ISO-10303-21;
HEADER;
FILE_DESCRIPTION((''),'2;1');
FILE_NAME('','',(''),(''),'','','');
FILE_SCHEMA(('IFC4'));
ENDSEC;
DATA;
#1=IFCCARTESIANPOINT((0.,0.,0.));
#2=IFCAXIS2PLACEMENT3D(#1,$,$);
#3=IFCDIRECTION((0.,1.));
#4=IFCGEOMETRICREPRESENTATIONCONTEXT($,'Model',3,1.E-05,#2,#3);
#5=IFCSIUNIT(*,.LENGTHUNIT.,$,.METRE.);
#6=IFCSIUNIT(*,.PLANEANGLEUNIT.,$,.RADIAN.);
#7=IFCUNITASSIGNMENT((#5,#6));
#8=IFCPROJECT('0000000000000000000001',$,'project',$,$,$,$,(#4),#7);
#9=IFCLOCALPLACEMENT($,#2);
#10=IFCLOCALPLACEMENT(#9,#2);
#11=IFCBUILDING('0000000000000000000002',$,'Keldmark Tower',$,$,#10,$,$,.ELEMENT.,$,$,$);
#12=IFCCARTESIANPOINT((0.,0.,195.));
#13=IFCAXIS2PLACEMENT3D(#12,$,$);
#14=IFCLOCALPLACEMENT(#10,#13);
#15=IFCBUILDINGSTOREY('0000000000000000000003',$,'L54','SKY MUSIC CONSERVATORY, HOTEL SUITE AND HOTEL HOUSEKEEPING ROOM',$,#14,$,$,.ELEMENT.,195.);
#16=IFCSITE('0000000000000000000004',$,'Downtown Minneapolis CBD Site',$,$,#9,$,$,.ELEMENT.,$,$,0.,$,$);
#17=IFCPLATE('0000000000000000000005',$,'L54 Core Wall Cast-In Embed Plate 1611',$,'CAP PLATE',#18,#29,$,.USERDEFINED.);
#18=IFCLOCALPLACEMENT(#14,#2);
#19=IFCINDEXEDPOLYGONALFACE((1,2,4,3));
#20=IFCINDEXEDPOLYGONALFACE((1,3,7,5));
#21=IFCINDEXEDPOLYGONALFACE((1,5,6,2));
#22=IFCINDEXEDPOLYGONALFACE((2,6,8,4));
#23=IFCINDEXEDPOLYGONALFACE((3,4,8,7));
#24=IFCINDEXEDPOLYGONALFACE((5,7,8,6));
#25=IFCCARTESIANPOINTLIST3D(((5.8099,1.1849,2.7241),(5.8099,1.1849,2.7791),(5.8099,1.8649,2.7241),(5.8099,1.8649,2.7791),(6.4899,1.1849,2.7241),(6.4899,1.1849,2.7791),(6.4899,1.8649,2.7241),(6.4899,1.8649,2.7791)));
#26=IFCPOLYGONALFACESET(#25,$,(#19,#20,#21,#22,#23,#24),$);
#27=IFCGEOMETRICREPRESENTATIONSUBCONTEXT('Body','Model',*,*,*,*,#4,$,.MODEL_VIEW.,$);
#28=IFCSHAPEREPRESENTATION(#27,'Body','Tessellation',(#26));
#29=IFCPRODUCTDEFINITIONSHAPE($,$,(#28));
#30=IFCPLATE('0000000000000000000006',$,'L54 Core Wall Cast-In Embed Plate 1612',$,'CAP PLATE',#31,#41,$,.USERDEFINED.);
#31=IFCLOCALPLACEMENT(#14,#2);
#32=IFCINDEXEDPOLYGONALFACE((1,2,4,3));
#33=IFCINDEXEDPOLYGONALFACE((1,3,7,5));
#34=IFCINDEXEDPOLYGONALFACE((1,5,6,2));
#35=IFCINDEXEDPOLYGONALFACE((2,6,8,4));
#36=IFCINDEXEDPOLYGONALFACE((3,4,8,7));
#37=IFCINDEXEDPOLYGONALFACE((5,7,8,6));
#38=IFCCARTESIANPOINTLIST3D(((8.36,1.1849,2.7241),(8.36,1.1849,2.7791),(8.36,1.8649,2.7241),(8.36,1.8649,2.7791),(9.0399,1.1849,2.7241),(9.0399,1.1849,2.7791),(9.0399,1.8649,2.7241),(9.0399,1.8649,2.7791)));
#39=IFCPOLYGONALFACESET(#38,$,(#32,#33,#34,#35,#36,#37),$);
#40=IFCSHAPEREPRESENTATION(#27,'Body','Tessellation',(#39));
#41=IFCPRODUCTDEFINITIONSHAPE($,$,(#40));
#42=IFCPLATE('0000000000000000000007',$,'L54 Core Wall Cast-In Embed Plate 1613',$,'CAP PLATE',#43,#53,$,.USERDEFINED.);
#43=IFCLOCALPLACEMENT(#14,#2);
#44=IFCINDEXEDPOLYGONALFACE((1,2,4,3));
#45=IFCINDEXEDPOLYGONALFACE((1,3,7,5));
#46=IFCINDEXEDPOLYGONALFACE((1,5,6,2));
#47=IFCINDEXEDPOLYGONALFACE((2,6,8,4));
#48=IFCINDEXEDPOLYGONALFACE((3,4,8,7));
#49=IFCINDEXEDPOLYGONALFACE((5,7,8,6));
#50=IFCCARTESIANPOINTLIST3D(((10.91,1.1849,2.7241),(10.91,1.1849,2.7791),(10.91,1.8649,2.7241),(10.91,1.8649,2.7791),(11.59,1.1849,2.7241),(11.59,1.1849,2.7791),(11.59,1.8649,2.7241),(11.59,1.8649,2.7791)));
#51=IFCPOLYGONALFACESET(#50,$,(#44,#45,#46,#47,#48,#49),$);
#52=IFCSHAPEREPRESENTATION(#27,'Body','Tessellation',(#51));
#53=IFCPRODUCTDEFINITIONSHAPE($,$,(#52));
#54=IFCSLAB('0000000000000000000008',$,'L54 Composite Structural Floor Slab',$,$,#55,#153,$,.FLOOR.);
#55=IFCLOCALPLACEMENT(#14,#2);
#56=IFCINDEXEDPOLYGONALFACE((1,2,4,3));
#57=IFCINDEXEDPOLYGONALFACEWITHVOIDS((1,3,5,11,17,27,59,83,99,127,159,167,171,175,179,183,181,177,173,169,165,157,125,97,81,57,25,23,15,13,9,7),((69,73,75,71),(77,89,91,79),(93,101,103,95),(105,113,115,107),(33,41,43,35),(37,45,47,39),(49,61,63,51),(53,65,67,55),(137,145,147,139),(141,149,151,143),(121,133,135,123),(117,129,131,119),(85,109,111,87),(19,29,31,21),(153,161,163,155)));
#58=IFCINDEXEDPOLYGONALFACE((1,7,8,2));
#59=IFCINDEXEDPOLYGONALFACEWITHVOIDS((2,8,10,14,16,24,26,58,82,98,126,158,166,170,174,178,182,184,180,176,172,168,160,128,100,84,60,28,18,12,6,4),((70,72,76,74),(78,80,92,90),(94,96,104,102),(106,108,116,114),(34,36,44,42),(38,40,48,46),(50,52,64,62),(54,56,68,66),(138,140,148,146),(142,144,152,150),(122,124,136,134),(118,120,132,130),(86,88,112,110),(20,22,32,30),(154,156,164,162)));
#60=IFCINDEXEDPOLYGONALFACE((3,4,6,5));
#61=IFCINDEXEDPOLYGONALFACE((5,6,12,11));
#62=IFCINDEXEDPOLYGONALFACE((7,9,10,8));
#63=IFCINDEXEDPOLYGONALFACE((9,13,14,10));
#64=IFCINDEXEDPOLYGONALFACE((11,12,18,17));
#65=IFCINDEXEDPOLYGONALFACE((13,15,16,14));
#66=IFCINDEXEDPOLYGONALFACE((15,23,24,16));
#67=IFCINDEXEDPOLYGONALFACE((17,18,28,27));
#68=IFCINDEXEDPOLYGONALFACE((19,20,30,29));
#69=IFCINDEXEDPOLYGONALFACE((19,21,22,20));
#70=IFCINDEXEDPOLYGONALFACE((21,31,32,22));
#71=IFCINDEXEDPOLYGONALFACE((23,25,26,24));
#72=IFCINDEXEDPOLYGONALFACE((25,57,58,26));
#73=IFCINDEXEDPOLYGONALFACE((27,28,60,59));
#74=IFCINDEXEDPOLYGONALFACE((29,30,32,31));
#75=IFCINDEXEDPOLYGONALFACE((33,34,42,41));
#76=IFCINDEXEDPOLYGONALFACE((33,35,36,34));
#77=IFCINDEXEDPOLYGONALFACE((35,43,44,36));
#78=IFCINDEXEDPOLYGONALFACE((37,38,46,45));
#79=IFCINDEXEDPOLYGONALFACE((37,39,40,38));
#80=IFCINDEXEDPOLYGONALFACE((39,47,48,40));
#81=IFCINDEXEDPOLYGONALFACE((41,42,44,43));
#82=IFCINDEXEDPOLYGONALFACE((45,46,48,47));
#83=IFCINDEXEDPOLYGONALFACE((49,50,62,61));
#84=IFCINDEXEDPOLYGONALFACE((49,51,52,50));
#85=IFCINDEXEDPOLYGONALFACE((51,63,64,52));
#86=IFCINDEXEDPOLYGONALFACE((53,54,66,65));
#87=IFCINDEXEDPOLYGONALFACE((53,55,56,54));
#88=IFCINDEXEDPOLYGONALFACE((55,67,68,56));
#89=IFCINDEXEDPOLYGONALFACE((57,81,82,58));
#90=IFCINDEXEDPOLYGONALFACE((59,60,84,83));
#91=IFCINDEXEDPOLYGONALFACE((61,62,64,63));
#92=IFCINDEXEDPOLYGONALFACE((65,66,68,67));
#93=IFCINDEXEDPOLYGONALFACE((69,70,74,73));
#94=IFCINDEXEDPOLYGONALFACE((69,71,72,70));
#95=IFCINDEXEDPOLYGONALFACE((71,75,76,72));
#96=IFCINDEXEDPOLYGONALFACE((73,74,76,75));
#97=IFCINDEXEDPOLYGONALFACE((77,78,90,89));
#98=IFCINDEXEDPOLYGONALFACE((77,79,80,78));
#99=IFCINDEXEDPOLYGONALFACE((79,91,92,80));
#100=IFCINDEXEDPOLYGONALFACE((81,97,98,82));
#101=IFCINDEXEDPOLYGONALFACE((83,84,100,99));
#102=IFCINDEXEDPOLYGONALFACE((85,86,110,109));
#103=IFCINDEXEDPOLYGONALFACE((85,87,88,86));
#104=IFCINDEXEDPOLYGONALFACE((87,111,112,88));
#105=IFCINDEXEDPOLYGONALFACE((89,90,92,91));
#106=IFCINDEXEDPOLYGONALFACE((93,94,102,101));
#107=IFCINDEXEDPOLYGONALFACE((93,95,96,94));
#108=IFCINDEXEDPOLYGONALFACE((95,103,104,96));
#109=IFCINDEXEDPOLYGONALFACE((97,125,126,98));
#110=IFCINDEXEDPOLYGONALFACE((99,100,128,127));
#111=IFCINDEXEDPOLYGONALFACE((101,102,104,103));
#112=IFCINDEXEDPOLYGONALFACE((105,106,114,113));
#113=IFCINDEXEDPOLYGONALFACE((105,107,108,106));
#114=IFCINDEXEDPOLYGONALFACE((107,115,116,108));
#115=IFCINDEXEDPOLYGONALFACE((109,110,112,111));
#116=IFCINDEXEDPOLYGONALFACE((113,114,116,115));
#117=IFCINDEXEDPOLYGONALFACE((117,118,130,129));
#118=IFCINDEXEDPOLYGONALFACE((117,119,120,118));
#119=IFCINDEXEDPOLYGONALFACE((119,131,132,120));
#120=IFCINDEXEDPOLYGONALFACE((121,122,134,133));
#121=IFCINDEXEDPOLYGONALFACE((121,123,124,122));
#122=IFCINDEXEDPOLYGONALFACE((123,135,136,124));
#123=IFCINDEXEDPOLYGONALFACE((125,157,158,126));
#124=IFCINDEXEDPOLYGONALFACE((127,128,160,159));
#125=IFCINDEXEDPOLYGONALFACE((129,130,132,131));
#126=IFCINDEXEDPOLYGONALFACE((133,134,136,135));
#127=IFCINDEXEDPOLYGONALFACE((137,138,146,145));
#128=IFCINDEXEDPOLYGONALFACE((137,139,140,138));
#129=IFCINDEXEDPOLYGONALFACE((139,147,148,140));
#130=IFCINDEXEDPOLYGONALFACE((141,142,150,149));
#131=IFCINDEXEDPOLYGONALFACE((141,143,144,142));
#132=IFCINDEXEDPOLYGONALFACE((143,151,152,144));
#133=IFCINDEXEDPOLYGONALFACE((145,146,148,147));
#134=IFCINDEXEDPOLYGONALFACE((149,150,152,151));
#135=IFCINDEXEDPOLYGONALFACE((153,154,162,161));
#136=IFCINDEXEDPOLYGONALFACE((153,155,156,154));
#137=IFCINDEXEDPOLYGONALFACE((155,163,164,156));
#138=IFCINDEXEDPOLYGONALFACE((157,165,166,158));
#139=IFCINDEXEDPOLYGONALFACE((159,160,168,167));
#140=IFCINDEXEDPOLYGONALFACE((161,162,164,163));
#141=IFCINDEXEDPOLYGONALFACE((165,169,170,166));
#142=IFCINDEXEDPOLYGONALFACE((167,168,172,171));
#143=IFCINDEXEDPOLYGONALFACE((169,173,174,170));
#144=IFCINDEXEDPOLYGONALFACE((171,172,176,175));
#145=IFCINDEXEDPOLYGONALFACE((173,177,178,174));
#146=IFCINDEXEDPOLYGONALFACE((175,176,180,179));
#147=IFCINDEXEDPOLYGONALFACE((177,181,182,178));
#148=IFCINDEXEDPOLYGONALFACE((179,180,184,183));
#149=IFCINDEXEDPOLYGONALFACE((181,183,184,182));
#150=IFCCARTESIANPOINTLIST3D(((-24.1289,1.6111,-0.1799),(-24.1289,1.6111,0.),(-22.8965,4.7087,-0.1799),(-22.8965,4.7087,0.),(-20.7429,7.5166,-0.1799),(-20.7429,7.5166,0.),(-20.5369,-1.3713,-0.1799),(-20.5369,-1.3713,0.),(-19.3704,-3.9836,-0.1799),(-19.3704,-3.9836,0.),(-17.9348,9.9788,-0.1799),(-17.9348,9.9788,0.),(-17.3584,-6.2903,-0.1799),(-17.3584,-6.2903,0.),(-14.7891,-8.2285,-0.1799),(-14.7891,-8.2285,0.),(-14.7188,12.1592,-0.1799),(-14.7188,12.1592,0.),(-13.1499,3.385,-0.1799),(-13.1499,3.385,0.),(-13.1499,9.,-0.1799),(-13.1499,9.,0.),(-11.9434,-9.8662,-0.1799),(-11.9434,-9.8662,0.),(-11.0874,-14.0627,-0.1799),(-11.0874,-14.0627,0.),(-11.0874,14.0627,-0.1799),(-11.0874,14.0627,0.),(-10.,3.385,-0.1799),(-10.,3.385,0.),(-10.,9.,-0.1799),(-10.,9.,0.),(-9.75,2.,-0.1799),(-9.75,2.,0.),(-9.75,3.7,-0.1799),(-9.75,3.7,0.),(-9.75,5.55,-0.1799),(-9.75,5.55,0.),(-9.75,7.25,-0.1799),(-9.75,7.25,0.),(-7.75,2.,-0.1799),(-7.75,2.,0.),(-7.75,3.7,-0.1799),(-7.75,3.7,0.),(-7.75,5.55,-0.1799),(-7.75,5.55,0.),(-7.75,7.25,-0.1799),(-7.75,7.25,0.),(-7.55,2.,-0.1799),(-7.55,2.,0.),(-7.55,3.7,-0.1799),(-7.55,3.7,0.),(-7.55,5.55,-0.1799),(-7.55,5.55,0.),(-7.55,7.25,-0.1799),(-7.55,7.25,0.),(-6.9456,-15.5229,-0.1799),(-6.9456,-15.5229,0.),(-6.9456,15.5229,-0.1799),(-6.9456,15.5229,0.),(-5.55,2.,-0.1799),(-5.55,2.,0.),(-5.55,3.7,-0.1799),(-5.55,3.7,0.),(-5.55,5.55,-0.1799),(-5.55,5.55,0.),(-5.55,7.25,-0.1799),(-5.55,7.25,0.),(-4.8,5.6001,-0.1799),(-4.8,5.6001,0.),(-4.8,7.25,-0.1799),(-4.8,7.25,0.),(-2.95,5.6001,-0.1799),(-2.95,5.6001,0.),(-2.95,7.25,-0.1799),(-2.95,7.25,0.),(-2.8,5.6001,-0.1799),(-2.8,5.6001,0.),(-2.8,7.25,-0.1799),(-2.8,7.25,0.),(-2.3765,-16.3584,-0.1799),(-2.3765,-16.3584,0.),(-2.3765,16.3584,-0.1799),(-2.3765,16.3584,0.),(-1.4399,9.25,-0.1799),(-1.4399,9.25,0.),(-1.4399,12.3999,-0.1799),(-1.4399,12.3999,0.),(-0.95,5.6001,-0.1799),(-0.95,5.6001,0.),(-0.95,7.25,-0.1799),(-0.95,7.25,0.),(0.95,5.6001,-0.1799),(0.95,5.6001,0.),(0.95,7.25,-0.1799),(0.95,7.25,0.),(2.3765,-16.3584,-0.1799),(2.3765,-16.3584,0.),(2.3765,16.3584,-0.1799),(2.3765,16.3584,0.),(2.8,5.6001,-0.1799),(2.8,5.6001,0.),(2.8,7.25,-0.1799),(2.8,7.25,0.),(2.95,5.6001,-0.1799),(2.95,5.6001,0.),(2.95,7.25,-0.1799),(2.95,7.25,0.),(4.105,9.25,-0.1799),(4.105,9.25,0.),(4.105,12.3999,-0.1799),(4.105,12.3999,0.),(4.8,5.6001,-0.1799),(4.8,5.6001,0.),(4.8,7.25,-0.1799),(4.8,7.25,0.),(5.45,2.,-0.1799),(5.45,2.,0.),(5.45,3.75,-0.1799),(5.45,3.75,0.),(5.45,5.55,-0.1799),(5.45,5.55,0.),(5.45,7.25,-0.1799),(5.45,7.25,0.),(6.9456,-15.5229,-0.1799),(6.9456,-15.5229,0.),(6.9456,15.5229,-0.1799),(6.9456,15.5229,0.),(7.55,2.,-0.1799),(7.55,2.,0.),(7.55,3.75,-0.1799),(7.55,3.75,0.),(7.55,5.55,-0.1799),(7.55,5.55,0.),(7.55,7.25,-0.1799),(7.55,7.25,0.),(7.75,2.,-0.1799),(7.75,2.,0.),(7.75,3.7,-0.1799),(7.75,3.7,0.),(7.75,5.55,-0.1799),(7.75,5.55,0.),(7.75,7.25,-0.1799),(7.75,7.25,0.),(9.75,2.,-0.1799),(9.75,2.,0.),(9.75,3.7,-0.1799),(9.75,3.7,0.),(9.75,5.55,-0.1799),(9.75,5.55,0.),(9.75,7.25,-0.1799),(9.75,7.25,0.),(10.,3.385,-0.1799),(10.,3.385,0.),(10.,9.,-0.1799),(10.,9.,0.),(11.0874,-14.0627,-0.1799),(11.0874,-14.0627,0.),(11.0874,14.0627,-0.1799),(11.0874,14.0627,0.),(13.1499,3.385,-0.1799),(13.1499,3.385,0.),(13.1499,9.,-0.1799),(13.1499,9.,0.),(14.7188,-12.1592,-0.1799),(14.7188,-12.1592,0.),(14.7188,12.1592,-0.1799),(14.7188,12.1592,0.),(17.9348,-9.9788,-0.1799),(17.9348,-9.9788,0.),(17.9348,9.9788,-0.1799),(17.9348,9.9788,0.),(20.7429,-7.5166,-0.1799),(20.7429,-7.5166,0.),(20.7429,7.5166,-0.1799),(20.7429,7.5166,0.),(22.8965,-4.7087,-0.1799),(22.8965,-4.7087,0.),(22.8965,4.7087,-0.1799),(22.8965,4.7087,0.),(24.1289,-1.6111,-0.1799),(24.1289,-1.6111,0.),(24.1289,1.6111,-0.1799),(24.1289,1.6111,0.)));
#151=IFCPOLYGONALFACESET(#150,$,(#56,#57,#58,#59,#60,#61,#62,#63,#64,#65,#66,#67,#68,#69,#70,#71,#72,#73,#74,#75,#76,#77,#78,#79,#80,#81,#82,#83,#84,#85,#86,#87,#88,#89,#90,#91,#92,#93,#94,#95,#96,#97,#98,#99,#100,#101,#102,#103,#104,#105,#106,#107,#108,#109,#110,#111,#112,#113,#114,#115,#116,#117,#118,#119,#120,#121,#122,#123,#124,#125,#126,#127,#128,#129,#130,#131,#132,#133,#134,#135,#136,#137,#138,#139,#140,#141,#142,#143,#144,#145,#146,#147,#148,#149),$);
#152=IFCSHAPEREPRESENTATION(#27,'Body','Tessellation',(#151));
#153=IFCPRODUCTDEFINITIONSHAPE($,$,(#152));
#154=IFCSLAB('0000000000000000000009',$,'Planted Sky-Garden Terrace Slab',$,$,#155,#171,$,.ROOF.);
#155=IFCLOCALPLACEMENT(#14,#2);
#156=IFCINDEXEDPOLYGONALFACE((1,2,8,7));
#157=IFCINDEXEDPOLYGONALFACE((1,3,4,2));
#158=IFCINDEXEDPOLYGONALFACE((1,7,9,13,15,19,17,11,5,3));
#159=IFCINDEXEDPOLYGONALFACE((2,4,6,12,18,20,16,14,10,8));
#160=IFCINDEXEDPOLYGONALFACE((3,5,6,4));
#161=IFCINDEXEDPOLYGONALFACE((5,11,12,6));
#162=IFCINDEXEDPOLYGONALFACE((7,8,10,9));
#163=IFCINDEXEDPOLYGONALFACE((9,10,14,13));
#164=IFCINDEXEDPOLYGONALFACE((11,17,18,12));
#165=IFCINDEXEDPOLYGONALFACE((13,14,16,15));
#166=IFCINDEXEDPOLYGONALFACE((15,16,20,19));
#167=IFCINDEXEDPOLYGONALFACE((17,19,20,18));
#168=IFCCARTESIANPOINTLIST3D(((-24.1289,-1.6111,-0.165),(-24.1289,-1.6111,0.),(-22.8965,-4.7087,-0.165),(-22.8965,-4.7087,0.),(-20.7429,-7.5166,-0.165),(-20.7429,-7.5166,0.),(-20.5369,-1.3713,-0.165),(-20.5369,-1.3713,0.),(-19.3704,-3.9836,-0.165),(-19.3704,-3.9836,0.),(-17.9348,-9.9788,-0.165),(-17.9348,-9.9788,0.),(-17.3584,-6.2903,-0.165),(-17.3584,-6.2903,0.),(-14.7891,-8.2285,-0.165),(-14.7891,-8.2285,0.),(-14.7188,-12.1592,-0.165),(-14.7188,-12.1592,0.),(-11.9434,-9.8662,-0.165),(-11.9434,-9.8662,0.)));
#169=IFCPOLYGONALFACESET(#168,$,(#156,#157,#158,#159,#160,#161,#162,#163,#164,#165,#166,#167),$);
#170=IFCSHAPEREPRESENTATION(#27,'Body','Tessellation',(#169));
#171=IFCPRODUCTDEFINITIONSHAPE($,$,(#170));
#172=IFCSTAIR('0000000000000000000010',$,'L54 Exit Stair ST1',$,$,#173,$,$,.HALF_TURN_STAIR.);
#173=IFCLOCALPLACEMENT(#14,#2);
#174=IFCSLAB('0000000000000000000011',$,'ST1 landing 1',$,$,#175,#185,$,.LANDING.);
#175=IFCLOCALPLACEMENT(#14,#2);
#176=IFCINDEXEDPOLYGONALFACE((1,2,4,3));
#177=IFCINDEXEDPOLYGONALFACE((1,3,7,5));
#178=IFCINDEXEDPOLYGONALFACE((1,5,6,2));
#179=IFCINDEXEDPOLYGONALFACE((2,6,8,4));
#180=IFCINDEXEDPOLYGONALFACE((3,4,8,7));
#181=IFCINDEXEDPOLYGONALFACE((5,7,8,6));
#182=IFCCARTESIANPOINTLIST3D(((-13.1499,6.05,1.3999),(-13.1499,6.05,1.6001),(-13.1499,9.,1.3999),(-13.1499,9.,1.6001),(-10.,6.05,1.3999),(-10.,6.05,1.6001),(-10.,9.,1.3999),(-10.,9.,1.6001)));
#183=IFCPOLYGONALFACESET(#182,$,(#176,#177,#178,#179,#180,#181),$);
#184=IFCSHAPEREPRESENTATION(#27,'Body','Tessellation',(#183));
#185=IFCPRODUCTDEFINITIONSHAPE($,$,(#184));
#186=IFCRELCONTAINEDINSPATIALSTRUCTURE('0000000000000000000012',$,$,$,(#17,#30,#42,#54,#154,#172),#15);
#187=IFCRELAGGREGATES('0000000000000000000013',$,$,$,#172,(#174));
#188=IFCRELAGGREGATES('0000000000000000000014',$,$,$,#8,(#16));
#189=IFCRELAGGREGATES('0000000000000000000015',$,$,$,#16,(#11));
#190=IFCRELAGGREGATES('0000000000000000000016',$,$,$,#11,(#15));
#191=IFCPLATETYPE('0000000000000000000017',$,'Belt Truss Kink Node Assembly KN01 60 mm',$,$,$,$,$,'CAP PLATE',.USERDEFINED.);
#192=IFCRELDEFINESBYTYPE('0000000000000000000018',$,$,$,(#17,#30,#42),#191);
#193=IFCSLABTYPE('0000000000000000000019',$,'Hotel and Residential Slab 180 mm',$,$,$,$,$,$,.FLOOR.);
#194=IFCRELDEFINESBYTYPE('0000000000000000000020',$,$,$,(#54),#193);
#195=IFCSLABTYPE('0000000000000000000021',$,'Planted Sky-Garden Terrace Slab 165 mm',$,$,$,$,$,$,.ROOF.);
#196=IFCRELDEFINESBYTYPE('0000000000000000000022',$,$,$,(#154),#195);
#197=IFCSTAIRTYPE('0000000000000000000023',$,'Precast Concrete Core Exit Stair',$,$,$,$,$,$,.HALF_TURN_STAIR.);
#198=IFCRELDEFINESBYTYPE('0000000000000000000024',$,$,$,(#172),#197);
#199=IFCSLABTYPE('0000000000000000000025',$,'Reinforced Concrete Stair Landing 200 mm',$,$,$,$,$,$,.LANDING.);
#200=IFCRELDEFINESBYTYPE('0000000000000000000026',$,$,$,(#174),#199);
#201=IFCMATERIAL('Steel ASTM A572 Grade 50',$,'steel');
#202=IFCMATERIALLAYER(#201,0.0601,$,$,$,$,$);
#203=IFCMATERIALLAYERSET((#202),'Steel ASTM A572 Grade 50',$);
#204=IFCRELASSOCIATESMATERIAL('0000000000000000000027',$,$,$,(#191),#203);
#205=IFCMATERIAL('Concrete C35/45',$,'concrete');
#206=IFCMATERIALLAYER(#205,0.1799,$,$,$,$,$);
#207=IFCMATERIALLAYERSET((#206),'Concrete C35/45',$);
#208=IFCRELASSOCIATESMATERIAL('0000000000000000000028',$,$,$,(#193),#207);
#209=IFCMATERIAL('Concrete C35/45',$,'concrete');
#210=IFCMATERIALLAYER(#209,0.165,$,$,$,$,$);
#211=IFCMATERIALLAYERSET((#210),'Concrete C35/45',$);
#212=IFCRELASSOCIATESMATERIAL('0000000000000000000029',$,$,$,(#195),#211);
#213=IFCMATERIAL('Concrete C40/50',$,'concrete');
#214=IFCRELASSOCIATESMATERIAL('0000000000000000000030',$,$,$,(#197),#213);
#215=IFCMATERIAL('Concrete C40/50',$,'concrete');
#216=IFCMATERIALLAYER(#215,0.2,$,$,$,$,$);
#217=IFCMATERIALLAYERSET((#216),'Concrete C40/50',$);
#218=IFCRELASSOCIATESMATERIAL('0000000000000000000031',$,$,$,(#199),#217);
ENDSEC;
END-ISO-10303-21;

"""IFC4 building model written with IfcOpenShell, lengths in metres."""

from ifc_helpers import new_model, si_unit, direction, frame, origin, origin_2d, place, context, subcontext, project, spatial, polyline, rectangle, outline, extrude, material, layer, layer_set, type_object, element, aggregate, save


model = new_model("IFC4")

# Units and contexts
model_context = context("Model", 3, precision=1e-05, world=origin(), true_north=direction((0.0, 1.0)))
body_context = subcontext(model_context, "Body", "Model", "MODEL_VIEW")
ifc_project = project(units=[si_unit("LENGTHUNIT", "METRE"), si_unit("PLANEANGLEUNIT", "RADIAN")], contexts=[model_context])

# Site, building, storey
site_placement = place(None, origin())
site = spatial("IfcSite", under=ifc_project, at=site_placement, Name="Downtown Minneapolis CBD Site", CompositionType="ELEMENT", RefElevation=0.0)
building_placement = place(site_placement, origin())
building = spatial("IfcBuilding", under=site, at=building_placement, Name="Keldmark Tower", CompositionType="ELEMENT")
storey_placement = place(building_placement, frame((0.0, 0.0, 195.0)))
storey = spatial("IfcBuildingStorey", under=building, at=storey_placement, Name="L54", Description="SKY MUSIC CONSERVATORY, HOTEL SUITE AND HOTEL HOUSEKEEPING ROOM", CompositionType="ELEMENT", Elevation=195.0)

# Plates
ifc_material_1 = material(Name="Steel ASTM A572 Grade 50", Category="steel")
ifc_layer_1 = layer(ifc_material_1, 0.0601)
ifc_layer_set_1 = layer_set([ifc_layer_1], Name="Steel ASTM A572 Grade 50")
plate_type = type_object("IfcPlateType", Name="Belt Truss Kink Node Assembly KN01 60 mm", ElementType="CAP PLATE", PredefinedType="USERDEFINED", material=ifc_layer_set_1)
for number, where, z_axis, x_axis, name in (
    (1, (6.1499, 1.5249, 2.7241), (0.0, 0.0, 1.0), (1.0, 0.0, 0.0), "L54 Core Wall Cast-In Embed Plate 1611"),
    (2, (8.7, 1.5249, 2.7241), (0.0, 0.0, 1.0), (1.0, 0.0, 0.0), "L54 Core Wall Cast-In Embed Plate 1612"),
    (3, (11.25, 1.5249, 2.7241), (0.0, 0.0, 1.0), (1.0, 0.0, 0.0), "L54 Core Wall Cast-In Embed Plate 1613"),
):
    element("IfcPlate", number, at=place(storey_placement, frame(where, z_axis=z_axis, x_axis=x_axis)), inside=storey, type_object=plate_type, Name=name, ObjectType="CAP PLATE", PredefinedType="USERDEFINED", context=body_context, shape_type="SweptSolid", body=[
        extrude(rectangle(XDim=0.6799, YDim=0.6799, at=origin_2d()), origin(), (0.0, 0.0, 1.0), 0.0549),
    ])

# Slabs
ifc_material_2 = material(Name="Concrete C35/45", Category="concrete")
ifc_layer_2 = layer(ifc_material_2, 0.1799)
ifc_layer_set_2 = layer_set([ifc_layer_2], Name="Concrete C35/45")
slab_type_1 = type_object("IfcSlabType", Name="Hotel and Residential Slab 180 mm", PredefinedType="FLOOR", material=ifc_layer_set_2)
slab_1_placement = place(storey_placement, frame((0.0, 0.0, -0.1799)))
element("IfcSlab", 4, at=slab_1_placement, inside=storey, type_object=slab_type_1, Name="L54 Composite Structural Floor Slab", PredefinedType="FLOOR", context=body_context, shape_type="SweptSolid", body=[
    extrude(outline(polyline([(24.1289, 1.6111), (22.8965, 4.7087), (20.7429, 7.5166), (17.9348, 9.9788), (14.7188, 12.1592), (11.0874, 14.0627), (6.9456, 15.5229), (2.3765, 16.3584), (-2.3765, 16.3584), (-6.9456, 15.5229), (-11.0874, 14.0627), (-14.7188, 12.1592), (-17.9348, 9.9788), (-20.7429, 7.5166), (-22.8965, 4.7087), (-24.1289, 1.6111), (-20.5369, -1.3713), (-19.3704, -3.9836), (-17.3584, -6.2903), (-14.7891, -8.2285), (-11.9434, -9.8662), (-11.0874, -14.0627), (-6.9456, -15.5229), (-2.3765, -16.3584), (2.3765, -16.3584), (6.9456, -15.5229), (11.0874, -14.0627), (14.7188, -12.1592), (17.9348, -9.9788), (20.7429, -7.5166), (22.8965, -4.7087), (24.1289, -1.6111), (24.1289, 1.6111)]), holes=[polyline([(-10.0, 3.385), (-10.0, 9.0), (-13.1499, 9.0), (-13.1499, 3.385), (-10.0, 3.385)]), polyline([(13.1499, 3.385), (13.1499, 9.0), (10.0, 9.0), (10.0, 3.385), (13.1499, 3.385)]), polyline([(-1.4399, 9.25), (4.105, 9.25), (4.105, 12.3999), (-1.4399, 12.3999), (-1.4399, 9.25)]), polyline([(-9.75, 2.0), (-7.75, 2.0), (-7.75, 3.7), (-9.75, 3.7), (-9.75, 2.0)]), polyline([(7.75, 2.0), (9.75, 2.0), (9.75, 3.7), (7.75, 3.7), (7.75, 2.0)]), polyline([(5.45, 2.0), (7.55, 2.0), (7.55, 3.75), (5.45, 3.75), (5.45, 2.0)]), polyline([(-4.8, 5.6001), (-2.95, 5.6001), (-2.95, 7.25), (-4.8, 7.25), (-4.8, 5.6001)]), polyline([(-2.8, 5.6001), (-0.95, 5.6001), (-0.95, 7.25), (-2.8, 7.25), (-2.8, 5.6001)]), polyline([(0.95, 5.6001), (2.8, 5.6001), (2.8, 7.25), (0.95, 7.25), (0.95, 5.6001)]), polyline([(2.95, 5.6001), (4.8, 5.6001), (4.8, 7.25), (2.95, 7.25), (2.95, 5.6001)]), polyline([(-9.75, 5.55), (-7.75, 5.55), (-7.75, 7.25), (-9.75, 7.25), (-9.75, 5.55)]), polyline([(-7.55, 5.55), (-5.55, 5.55), (-5.55, 7.25), (-7.55, 7.25), (-7.55, 5.55)]), polyline([(-7.55, 2.0), (-5.55, 2.0), (-5.55, 3.7), (-7.55, 3.7), (-7.55, 2.0)]), polyline([(5.45, 5.55), (7.55, 5.55), (7.55, 7.25), (5.45, 7.25), (5.45, 5.55)]), polyline([(7.75, 5.55), (9.75, 5.55), (9.75, 7.25), (7.75, 7.25), (7.75, 5.55)])]), origin(), (0.0, 0.0, 1.0), 0.1799),
])
ifc_material_3 = material(Name="Concrete C35/45", Category="concrete")
ifc_layer_3 = layer(ifc_material_3, 0.165)
ifc_layer_set_3 = layer_set([ifc_layer_3], Name="Concrete C35/45")
slab_type_2 = type_object("IfcSlabType", Name="Planted Sky-Garden Terrace Slab 165 mm", PredefinedType="ROOF", material=ifc_layer_set_3)
slab_2_placement = place(storey_placement, frame((0.0, 0.0, -0.165)))
element("IfcSlab", 5, at=slab_2_placement, inside=storey, type_object=slab_type_2, Name="Planted Sky-Garden Terrace Slab", PredefinedType="ROOF", context=body_context, shape_type="SweptSolid", body=[
    extrude(outline(polyline([(-24.1289, -1.6111), (-22.8965, -4.7087), (-20.7429, -7.5166), (-17.9348, -9.9788), (-14.7188, -12.1592), (-11.9434, -9.8662), (-14.7891, -8.2285), (-17.3584, -6.2903), (-19.3704, -3.9836), (-20.5369, -1.3713), (-24.1289, -1.6111)])), origin(), (0.0, 0.0, 1.0), 0.165),
])

# Stair, slab
ifc_material_4 = material(Name="Concrete C40/50", Category="concrete")
stair_type = type_object("IfcStairType", Name="Precast Concrete Core Exit Stair", PredefinedType="HALF_TURN_STAIR", material=ifc_material_4)
stair_1_placement = place(storey_placement, origin())
stair_1 = element("IfcStair", 6, at=stair_1_placement, inside=storey, type_object=stair_type, Name="L54 Exit Stair ST1", PredefinedType="HALF_TURN_STAIR")
ifc_material_5 = material(Name="Concrete C40/50", Category="concrete")
ifc_layer_4 = layer(ifc_material_5, 0.2)
ifc_layer_set_4 = layer_set([ifc_layer_4], Name="Concrete C40/50")
slab_type_3 = type_object("IfcSlabType", Name="Reinforced Concrete Stair Landing 200 mm", PredefinedType="LANDING", material=ifc_layer_set_4)
slab_3_placement = place(storey_placement, frame((0.0, 0.0, 1.3999)))
slab_3 = element("IfcSlab", 7, at=slab_3_placement, type_object=slab_type_3, Name="ST1 landing 1", PredefinedType="LANDING", context=body_context, shape_type="SweptSolid", body=[
    extrude(outline(polyline([(-10.0, 6.05), (-10.0, 9.0), (-13.1499, 9.0), (-13.1499, 6.05), (-10.0, 6.05)])), origin(), (0.0, 0.0, 1.0), 0.2002),
])
aggregate(stair_1, [slab_3])

save(model, "model.ifc")
